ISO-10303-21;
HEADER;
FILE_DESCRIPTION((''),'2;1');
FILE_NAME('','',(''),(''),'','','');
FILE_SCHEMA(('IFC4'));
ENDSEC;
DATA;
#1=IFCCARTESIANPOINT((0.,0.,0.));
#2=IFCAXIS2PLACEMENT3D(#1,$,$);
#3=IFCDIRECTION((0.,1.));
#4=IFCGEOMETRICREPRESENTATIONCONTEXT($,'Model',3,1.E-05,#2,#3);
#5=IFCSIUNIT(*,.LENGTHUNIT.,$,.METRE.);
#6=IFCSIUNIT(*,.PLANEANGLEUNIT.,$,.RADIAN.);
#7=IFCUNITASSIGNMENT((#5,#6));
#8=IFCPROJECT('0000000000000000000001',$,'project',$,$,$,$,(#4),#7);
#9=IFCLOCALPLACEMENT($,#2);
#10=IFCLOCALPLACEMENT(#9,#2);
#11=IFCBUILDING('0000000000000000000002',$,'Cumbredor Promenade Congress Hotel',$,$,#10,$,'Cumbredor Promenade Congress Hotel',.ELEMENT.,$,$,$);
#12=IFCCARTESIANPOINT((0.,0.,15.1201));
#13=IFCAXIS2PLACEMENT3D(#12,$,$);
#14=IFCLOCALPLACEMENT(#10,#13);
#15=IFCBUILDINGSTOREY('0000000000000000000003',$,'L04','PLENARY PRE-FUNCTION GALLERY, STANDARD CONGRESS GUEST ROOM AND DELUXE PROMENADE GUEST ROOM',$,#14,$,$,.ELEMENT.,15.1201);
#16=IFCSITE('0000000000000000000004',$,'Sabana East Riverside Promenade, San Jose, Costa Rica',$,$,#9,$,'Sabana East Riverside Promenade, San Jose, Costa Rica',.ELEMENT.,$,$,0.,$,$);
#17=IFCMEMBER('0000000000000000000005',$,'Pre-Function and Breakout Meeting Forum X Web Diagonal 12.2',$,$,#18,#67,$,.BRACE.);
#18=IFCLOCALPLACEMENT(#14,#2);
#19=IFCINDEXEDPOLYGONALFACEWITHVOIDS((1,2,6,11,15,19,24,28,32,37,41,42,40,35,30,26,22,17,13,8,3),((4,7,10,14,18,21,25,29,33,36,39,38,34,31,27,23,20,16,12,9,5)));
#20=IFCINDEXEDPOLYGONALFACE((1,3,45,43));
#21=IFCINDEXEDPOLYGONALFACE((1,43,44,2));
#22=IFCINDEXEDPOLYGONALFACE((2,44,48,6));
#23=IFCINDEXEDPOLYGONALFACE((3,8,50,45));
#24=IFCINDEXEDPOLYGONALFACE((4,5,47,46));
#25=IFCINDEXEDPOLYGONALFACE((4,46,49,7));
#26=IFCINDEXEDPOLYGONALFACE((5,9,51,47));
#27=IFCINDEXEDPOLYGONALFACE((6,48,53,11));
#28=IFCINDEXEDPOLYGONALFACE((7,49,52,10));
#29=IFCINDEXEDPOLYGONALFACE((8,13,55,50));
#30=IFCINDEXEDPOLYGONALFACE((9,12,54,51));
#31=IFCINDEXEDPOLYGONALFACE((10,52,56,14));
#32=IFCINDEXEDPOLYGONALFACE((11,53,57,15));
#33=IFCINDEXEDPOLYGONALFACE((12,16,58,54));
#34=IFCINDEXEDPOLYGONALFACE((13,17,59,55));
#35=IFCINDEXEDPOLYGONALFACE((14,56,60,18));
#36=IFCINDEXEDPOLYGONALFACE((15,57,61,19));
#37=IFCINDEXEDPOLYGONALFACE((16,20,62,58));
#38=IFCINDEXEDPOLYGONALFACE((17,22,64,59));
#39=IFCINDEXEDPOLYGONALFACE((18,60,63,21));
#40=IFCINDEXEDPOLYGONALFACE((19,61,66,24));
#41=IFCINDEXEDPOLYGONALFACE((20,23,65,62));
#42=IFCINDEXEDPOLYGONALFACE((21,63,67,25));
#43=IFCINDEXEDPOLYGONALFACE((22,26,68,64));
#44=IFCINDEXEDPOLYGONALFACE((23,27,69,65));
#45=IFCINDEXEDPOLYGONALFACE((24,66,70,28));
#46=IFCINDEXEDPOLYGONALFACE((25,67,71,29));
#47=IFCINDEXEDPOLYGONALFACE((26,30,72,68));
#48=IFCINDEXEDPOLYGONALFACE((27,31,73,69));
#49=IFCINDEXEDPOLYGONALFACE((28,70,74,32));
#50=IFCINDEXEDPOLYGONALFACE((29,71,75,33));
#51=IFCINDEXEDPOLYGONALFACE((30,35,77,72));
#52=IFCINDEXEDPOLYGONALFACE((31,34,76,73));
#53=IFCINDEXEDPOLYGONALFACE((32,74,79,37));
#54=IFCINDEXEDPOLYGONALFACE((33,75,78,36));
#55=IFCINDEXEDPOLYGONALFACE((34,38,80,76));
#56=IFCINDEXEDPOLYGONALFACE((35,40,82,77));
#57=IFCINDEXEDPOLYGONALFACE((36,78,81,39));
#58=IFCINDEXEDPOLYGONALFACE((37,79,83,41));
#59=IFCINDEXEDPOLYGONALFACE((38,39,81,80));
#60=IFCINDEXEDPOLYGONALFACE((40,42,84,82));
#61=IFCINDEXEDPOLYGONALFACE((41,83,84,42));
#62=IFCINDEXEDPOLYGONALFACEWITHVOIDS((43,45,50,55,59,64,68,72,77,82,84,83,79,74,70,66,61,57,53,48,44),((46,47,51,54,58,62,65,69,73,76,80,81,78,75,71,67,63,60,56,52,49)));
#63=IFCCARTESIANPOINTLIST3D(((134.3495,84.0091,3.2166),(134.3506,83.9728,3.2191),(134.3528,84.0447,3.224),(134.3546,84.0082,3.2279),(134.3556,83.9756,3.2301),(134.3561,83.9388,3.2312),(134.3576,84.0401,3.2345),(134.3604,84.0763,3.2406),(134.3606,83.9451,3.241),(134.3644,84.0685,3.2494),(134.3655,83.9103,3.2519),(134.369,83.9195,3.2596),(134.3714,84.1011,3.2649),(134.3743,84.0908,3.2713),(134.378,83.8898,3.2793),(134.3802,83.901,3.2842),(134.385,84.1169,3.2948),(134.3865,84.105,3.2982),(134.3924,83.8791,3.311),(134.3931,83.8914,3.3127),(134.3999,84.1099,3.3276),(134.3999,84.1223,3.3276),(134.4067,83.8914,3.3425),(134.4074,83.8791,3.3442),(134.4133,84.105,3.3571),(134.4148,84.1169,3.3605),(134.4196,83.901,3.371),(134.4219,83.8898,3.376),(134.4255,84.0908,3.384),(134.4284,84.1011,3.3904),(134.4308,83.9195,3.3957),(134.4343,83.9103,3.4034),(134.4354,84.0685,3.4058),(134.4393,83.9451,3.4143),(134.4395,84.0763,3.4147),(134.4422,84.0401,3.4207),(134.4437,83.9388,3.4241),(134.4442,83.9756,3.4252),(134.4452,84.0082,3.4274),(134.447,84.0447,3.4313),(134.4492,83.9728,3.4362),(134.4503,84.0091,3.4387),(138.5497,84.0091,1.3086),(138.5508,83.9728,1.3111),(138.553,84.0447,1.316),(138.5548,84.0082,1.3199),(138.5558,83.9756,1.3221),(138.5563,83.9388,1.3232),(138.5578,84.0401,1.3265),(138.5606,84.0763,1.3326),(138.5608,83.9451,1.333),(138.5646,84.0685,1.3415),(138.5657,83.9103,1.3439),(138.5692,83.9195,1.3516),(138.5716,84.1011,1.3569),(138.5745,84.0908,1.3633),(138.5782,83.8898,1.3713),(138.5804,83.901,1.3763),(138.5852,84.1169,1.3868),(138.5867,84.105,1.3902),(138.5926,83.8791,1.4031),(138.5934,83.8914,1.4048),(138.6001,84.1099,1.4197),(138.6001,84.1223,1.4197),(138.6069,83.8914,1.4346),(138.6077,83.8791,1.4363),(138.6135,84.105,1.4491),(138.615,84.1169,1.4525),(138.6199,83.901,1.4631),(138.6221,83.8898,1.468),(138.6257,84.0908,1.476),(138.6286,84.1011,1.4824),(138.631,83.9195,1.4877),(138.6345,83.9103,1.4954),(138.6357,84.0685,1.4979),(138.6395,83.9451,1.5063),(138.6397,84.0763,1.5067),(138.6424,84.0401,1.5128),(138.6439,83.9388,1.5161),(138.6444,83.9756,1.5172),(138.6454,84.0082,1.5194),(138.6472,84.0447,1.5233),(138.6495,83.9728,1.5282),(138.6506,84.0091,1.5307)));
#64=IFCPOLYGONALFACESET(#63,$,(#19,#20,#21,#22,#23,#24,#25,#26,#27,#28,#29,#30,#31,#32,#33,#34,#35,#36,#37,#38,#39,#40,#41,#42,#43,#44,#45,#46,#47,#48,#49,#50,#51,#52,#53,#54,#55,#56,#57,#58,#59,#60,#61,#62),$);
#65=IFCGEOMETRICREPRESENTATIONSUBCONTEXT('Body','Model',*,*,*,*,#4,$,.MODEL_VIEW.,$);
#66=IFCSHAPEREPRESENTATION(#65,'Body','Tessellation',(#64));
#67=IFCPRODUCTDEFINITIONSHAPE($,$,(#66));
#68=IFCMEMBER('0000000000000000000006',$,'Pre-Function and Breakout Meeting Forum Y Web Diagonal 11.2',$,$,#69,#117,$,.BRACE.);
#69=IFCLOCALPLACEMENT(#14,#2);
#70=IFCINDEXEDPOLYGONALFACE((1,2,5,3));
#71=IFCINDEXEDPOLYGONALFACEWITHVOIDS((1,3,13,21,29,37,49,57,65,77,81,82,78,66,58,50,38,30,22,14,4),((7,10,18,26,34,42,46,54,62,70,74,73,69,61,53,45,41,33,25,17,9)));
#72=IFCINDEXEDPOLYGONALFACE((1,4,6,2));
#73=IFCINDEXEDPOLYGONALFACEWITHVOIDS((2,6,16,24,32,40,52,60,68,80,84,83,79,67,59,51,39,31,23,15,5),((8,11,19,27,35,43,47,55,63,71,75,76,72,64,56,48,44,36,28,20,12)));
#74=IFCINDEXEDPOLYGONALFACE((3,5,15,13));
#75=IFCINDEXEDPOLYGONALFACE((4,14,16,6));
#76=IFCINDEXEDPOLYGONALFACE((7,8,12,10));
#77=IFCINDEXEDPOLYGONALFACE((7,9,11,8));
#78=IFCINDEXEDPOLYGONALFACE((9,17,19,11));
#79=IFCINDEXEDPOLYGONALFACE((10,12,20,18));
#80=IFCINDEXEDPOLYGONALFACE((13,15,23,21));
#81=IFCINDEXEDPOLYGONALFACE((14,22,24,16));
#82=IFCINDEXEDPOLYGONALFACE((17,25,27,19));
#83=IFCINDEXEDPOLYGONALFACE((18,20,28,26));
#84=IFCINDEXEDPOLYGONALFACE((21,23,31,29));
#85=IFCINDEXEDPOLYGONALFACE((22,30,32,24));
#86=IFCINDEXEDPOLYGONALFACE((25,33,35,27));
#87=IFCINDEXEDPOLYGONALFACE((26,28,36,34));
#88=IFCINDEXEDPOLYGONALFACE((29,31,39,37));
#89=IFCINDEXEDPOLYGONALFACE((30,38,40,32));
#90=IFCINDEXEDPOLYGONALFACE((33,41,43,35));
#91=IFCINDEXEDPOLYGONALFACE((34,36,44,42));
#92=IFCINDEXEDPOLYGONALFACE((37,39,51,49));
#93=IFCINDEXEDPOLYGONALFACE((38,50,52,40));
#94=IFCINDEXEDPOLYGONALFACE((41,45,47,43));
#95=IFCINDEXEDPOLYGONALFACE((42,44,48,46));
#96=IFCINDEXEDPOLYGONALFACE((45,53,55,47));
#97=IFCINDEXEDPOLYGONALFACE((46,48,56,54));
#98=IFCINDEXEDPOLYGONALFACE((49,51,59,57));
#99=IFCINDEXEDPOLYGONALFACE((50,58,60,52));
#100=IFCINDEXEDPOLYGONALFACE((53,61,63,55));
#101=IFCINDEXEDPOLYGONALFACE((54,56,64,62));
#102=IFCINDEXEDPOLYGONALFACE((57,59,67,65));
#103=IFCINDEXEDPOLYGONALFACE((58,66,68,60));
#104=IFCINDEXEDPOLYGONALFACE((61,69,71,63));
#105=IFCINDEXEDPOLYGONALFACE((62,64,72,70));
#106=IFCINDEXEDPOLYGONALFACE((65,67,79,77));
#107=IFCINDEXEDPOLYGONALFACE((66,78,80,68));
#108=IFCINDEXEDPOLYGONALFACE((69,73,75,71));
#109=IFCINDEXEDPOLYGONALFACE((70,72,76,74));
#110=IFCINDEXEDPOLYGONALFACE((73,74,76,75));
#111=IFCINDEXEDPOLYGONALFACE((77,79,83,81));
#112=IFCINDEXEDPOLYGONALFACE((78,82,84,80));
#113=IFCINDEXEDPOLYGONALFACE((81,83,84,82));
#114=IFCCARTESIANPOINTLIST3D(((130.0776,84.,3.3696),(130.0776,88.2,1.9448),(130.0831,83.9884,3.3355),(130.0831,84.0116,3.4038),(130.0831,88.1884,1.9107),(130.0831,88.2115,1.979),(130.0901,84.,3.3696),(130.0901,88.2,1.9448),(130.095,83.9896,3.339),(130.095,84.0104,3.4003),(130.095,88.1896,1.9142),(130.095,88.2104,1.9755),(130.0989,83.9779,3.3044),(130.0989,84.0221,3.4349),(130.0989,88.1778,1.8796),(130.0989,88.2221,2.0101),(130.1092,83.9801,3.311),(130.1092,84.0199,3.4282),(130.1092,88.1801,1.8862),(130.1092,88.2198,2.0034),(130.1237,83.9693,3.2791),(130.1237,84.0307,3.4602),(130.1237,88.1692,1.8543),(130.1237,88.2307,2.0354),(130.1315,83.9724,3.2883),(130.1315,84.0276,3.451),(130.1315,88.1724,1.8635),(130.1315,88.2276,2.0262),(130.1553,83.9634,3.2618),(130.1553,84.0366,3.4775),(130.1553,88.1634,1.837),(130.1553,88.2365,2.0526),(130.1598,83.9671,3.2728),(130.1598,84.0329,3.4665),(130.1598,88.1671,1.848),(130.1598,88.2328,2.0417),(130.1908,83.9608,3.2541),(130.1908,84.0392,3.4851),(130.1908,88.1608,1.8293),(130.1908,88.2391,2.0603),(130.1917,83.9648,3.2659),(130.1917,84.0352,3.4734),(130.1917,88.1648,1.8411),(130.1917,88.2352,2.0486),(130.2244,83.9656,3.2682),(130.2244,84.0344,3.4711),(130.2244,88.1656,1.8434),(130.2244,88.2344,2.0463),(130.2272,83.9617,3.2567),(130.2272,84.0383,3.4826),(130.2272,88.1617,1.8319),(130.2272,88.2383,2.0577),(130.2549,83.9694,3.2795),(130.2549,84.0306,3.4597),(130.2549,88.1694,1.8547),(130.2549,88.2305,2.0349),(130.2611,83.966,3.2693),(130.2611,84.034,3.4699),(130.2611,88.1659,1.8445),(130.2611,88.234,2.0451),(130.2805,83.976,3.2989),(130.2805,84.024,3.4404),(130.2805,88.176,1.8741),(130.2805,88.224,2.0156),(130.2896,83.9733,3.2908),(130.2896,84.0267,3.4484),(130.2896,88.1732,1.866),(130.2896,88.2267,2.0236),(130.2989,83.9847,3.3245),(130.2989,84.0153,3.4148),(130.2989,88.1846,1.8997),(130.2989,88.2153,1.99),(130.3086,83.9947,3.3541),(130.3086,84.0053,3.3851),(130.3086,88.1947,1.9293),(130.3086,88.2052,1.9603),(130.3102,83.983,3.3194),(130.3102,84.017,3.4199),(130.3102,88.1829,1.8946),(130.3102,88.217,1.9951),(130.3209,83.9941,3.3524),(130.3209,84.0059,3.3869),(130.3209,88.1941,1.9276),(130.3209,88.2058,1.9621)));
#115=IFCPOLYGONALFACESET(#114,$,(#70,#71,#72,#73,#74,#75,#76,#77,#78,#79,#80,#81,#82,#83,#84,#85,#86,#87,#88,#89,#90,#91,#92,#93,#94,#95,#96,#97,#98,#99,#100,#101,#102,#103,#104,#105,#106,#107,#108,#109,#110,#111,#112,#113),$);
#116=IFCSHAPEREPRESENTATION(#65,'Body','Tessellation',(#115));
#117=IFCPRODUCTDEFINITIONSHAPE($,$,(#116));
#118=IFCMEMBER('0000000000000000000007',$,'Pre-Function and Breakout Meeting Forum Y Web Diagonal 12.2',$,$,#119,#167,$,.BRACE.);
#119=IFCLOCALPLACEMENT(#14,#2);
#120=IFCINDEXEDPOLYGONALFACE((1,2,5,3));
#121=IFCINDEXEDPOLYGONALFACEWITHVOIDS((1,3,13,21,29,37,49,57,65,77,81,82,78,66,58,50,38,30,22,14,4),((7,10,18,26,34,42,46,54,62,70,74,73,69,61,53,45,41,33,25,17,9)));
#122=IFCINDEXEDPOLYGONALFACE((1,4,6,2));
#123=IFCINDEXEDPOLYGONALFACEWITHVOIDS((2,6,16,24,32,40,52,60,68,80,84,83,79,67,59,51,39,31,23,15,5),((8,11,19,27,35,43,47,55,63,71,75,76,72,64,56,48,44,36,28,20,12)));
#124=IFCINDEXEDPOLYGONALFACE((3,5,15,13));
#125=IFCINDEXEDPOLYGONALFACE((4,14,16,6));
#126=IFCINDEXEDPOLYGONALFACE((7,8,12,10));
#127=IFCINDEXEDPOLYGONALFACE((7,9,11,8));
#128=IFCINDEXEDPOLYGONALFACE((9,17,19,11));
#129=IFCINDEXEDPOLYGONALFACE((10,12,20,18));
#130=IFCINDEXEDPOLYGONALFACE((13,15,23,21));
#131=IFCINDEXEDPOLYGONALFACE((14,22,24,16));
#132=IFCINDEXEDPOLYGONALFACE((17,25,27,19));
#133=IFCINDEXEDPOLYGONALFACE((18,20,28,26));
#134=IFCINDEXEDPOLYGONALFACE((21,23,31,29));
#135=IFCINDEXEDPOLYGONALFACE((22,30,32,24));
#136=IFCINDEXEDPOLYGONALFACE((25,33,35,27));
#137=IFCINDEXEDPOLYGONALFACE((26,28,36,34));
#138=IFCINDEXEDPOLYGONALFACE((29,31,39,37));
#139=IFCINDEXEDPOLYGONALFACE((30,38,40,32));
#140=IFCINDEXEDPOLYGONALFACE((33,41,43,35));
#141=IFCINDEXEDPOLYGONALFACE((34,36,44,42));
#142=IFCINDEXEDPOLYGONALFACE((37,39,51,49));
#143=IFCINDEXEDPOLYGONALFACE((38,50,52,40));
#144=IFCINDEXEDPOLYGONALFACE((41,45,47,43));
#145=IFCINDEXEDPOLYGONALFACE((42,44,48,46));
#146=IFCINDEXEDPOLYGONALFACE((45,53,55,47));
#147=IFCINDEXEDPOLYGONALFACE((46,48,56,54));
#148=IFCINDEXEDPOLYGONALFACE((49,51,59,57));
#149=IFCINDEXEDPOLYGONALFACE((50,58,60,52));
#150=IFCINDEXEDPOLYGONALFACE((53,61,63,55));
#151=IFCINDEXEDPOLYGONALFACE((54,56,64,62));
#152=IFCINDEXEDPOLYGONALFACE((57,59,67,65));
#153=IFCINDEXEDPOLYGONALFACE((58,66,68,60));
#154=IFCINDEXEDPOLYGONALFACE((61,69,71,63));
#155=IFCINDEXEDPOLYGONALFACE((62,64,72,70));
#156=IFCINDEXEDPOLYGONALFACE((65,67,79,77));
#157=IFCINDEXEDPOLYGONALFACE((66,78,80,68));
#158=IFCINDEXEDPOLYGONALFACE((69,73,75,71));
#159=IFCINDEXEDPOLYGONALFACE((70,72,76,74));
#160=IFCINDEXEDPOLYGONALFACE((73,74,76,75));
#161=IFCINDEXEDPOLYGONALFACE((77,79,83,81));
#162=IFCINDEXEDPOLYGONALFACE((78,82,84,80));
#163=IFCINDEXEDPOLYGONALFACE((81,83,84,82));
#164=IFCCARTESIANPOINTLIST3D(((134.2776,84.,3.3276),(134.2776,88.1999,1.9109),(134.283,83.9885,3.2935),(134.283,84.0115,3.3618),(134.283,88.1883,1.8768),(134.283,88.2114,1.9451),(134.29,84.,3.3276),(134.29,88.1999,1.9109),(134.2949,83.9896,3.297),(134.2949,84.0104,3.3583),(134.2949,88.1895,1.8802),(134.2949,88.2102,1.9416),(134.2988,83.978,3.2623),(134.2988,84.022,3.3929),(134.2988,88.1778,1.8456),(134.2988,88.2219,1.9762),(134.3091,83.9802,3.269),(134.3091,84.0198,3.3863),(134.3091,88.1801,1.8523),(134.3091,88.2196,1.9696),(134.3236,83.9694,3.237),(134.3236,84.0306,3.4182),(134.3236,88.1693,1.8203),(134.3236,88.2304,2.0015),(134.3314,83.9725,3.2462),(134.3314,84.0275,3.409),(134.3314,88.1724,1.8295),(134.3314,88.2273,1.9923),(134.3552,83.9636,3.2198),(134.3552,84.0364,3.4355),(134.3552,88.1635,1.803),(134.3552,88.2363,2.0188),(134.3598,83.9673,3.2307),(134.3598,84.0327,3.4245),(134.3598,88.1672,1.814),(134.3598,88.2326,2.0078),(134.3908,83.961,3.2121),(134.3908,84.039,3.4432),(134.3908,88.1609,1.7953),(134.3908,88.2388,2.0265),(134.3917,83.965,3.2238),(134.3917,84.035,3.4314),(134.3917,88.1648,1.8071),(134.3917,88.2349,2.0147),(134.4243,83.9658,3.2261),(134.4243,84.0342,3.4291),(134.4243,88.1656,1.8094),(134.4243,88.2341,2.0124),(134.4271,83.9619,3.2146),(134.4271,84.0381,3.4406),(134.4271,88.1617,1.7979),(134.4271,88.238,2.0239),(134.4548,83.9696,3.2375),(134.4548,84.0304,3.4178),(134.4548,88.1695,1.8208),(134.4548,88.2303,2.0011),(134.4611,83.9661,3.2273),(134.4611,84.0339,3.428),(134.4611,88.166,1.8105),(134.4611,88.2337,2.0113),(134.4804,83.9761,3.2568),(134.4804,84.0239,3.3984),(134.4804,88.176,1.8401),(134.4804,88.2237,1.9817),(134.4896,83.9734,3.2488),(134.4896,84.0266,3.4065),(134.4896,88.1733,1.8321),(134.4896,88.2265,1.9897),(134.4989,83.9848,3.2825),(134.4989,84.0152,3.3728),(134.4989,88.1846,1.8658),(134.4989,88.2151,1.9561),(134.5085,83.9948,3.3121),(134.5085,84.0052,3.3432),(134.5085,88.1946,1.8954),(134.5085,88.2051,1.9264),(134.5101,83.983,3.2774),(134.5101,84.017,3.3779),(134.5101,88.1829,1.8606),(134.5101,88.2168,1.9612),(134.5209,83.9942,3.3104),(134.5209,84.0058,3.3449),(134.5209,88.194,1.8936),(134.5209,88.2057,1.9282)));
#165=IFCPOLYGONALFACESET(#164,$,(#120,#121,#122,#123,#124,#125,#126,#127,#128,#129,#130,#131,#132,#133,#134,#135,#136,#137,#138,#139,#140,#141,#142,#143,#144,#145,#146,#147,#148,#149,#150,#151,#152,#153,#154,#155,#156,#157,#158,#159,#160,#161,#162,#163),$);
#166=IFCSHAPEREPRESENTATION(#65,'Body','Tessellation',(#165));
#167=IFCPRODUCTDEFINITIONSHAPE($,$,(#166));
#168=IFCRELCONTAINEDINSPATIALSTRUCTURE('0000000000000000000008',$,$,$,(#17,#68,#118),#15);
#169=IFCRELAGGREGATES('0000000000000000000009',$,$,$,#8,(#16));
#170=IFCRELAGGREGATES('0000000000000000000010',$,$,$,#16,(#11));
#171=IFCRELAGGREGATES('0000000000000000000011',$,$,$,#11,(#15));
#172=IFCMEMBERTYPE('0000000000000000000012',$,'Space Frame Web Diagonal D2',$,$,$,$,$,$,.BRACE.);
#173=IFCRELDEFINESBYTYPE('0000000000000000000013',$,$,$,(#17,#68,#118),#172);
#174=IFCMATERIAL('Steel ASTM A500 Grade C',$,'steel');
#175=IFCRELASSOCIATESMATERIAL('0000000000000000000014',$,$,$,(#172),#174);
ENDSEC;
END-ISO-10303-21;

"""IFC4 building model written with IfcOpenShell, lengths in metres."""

from ifc_helpers import new_model, si_unit, direction, frame, origin, origin_2d, place, context, subcontext, project, spatial, hollow_circle, extrude, material, material_profile, profile_set, type_object, element, save


model = new_model("IFC4")

# Units and contexts
model_context = context("Model", 3, precision=1e-05, world=origin(), true_north=direction((0.0, 1.0)))
body_context = subcontext(model_context, "Body", "Model", "MODEL_VIEW")
ifc_project = project(units=[si_unit("LENGTHUNIT", "METRE"), si_unit("PLANEANGLEUNIT", "RADIAN")], contexts=[model_context])

# Site, building, storey
site_placement = place(None, origin())
site = spatial("IfcSite", under=ifc_project, at=site_placement, Name="Sabana East Riverside Promenade, San Jose, Costa Rica", LongName="Sabana East Riverside Promenade, San Jose, Costa Rica", CompositionType="ELEMENT", RefElevation=0.0)
building_placement = place(site_placement, origin())
building = spatial("IfcBuilding", under=site, at=building_placement, Name="Cumbredor Promenade Congress Hotel", LongName="Cumbredor Promenade Congress Hotel", CompositionType="ELEMENT")
storey_placement = place(building_placement, frame((0.0, 0.0, 15.1201)))
storey = spatial("IfcBuildingStorey", under=building, at=storey_placement, Name="L04", Description="PLENARY PRE-FUNCTION GALLERY, STANDARD CONGRESS GUEST ROOM AND DELUXE PROMENADE GUEST ROOM", CompositionType="ELEMENT", Elevation=15.1201)

# Members
ifc_material_1 = material(Name="Steel ASTM A500 Grade C", Category="steel")
ifc_material_profile_1 = material_profile(ifc_material_1, hollow_circle(Radius=0.1223, WallThickness=0.0125, at=origin_2d()), Name="CHS 244.5x12.5")
ifc_profile_set_1 = profile_set([ifc_material_profile_1], Name="Steel ASTM A500 Grade C")
member_type_1 = type_object("IfcMemberType", Name="Space Frame Web Diagonal D2", PredefinedType="BRACE", material=ifc_profile_set_1)
member_1_placement = place(storey_placement, frame((134.3999, 84.0, 3.3276), z_axis=(0.910466, 0.0, -0.413584), x_axis=(0.0, 1.0, 0.0)))
element("IfcMember", 1, at=member_1_placement, inside=storey, type_object=member_type_1, Name="Pre-Function and Breakout Meeting Forum X Web Diagonal 12.2", PredefinedType="BRACE", context=body_context, shape_type="SweptSolid", body=[
    extrude(hollow_circle(Radius=0.1223, WallThickness=0.0125, at=origin_2d()), origin(), (0.0, 0.0, 1.0), 4.6133),
])
member_2_placement = place(storey_placement, frame((130.2, 84.0, 3.3696), z_axis=(0.0, 0.946991, -0.32126), x_axis=(-1.0, 0.0, 0.0)))
element("IfcMember", 2, at=member_2_placement, inside=storey, type_object=member_type_1, Name="Pre-Function and Breakout Meeting Forum Y Web Diagonal 11.2", PredefinedType="BRACE", context=body_context, shape_type="SweptSolid", body=[
    extrude(hollow_circle(Radius=0.1223, WallThickness=0.0125, at=origin_2d()), origin(), (0.0, 0.0, 1.0), 4.4351),
])
member_3_placement = place(storey_placement, frame((134.3999, 84.0, 3.3276), z_axis=(0.0, 0.947543, -0.31963), x_axis=(-1.0, 0.0, 0.0)))
element("IfcMember", 3, at=member_3_placement, inside=storey, type_object=member_type_1, Name="Pre-Function and Breakout Meeting Forum Y Web Diagonal 12.2", PredefinedType="BRACE", context=body_context, shape_type="SweptSolid", body=[
    extrude(hollow_circle(Radius=0.1223, WallThickness=0.0125, at=origin_2d()), origin(), (0.0, 0.0, 1.0), 4.4324),
])

save(model, "model.ifc")
